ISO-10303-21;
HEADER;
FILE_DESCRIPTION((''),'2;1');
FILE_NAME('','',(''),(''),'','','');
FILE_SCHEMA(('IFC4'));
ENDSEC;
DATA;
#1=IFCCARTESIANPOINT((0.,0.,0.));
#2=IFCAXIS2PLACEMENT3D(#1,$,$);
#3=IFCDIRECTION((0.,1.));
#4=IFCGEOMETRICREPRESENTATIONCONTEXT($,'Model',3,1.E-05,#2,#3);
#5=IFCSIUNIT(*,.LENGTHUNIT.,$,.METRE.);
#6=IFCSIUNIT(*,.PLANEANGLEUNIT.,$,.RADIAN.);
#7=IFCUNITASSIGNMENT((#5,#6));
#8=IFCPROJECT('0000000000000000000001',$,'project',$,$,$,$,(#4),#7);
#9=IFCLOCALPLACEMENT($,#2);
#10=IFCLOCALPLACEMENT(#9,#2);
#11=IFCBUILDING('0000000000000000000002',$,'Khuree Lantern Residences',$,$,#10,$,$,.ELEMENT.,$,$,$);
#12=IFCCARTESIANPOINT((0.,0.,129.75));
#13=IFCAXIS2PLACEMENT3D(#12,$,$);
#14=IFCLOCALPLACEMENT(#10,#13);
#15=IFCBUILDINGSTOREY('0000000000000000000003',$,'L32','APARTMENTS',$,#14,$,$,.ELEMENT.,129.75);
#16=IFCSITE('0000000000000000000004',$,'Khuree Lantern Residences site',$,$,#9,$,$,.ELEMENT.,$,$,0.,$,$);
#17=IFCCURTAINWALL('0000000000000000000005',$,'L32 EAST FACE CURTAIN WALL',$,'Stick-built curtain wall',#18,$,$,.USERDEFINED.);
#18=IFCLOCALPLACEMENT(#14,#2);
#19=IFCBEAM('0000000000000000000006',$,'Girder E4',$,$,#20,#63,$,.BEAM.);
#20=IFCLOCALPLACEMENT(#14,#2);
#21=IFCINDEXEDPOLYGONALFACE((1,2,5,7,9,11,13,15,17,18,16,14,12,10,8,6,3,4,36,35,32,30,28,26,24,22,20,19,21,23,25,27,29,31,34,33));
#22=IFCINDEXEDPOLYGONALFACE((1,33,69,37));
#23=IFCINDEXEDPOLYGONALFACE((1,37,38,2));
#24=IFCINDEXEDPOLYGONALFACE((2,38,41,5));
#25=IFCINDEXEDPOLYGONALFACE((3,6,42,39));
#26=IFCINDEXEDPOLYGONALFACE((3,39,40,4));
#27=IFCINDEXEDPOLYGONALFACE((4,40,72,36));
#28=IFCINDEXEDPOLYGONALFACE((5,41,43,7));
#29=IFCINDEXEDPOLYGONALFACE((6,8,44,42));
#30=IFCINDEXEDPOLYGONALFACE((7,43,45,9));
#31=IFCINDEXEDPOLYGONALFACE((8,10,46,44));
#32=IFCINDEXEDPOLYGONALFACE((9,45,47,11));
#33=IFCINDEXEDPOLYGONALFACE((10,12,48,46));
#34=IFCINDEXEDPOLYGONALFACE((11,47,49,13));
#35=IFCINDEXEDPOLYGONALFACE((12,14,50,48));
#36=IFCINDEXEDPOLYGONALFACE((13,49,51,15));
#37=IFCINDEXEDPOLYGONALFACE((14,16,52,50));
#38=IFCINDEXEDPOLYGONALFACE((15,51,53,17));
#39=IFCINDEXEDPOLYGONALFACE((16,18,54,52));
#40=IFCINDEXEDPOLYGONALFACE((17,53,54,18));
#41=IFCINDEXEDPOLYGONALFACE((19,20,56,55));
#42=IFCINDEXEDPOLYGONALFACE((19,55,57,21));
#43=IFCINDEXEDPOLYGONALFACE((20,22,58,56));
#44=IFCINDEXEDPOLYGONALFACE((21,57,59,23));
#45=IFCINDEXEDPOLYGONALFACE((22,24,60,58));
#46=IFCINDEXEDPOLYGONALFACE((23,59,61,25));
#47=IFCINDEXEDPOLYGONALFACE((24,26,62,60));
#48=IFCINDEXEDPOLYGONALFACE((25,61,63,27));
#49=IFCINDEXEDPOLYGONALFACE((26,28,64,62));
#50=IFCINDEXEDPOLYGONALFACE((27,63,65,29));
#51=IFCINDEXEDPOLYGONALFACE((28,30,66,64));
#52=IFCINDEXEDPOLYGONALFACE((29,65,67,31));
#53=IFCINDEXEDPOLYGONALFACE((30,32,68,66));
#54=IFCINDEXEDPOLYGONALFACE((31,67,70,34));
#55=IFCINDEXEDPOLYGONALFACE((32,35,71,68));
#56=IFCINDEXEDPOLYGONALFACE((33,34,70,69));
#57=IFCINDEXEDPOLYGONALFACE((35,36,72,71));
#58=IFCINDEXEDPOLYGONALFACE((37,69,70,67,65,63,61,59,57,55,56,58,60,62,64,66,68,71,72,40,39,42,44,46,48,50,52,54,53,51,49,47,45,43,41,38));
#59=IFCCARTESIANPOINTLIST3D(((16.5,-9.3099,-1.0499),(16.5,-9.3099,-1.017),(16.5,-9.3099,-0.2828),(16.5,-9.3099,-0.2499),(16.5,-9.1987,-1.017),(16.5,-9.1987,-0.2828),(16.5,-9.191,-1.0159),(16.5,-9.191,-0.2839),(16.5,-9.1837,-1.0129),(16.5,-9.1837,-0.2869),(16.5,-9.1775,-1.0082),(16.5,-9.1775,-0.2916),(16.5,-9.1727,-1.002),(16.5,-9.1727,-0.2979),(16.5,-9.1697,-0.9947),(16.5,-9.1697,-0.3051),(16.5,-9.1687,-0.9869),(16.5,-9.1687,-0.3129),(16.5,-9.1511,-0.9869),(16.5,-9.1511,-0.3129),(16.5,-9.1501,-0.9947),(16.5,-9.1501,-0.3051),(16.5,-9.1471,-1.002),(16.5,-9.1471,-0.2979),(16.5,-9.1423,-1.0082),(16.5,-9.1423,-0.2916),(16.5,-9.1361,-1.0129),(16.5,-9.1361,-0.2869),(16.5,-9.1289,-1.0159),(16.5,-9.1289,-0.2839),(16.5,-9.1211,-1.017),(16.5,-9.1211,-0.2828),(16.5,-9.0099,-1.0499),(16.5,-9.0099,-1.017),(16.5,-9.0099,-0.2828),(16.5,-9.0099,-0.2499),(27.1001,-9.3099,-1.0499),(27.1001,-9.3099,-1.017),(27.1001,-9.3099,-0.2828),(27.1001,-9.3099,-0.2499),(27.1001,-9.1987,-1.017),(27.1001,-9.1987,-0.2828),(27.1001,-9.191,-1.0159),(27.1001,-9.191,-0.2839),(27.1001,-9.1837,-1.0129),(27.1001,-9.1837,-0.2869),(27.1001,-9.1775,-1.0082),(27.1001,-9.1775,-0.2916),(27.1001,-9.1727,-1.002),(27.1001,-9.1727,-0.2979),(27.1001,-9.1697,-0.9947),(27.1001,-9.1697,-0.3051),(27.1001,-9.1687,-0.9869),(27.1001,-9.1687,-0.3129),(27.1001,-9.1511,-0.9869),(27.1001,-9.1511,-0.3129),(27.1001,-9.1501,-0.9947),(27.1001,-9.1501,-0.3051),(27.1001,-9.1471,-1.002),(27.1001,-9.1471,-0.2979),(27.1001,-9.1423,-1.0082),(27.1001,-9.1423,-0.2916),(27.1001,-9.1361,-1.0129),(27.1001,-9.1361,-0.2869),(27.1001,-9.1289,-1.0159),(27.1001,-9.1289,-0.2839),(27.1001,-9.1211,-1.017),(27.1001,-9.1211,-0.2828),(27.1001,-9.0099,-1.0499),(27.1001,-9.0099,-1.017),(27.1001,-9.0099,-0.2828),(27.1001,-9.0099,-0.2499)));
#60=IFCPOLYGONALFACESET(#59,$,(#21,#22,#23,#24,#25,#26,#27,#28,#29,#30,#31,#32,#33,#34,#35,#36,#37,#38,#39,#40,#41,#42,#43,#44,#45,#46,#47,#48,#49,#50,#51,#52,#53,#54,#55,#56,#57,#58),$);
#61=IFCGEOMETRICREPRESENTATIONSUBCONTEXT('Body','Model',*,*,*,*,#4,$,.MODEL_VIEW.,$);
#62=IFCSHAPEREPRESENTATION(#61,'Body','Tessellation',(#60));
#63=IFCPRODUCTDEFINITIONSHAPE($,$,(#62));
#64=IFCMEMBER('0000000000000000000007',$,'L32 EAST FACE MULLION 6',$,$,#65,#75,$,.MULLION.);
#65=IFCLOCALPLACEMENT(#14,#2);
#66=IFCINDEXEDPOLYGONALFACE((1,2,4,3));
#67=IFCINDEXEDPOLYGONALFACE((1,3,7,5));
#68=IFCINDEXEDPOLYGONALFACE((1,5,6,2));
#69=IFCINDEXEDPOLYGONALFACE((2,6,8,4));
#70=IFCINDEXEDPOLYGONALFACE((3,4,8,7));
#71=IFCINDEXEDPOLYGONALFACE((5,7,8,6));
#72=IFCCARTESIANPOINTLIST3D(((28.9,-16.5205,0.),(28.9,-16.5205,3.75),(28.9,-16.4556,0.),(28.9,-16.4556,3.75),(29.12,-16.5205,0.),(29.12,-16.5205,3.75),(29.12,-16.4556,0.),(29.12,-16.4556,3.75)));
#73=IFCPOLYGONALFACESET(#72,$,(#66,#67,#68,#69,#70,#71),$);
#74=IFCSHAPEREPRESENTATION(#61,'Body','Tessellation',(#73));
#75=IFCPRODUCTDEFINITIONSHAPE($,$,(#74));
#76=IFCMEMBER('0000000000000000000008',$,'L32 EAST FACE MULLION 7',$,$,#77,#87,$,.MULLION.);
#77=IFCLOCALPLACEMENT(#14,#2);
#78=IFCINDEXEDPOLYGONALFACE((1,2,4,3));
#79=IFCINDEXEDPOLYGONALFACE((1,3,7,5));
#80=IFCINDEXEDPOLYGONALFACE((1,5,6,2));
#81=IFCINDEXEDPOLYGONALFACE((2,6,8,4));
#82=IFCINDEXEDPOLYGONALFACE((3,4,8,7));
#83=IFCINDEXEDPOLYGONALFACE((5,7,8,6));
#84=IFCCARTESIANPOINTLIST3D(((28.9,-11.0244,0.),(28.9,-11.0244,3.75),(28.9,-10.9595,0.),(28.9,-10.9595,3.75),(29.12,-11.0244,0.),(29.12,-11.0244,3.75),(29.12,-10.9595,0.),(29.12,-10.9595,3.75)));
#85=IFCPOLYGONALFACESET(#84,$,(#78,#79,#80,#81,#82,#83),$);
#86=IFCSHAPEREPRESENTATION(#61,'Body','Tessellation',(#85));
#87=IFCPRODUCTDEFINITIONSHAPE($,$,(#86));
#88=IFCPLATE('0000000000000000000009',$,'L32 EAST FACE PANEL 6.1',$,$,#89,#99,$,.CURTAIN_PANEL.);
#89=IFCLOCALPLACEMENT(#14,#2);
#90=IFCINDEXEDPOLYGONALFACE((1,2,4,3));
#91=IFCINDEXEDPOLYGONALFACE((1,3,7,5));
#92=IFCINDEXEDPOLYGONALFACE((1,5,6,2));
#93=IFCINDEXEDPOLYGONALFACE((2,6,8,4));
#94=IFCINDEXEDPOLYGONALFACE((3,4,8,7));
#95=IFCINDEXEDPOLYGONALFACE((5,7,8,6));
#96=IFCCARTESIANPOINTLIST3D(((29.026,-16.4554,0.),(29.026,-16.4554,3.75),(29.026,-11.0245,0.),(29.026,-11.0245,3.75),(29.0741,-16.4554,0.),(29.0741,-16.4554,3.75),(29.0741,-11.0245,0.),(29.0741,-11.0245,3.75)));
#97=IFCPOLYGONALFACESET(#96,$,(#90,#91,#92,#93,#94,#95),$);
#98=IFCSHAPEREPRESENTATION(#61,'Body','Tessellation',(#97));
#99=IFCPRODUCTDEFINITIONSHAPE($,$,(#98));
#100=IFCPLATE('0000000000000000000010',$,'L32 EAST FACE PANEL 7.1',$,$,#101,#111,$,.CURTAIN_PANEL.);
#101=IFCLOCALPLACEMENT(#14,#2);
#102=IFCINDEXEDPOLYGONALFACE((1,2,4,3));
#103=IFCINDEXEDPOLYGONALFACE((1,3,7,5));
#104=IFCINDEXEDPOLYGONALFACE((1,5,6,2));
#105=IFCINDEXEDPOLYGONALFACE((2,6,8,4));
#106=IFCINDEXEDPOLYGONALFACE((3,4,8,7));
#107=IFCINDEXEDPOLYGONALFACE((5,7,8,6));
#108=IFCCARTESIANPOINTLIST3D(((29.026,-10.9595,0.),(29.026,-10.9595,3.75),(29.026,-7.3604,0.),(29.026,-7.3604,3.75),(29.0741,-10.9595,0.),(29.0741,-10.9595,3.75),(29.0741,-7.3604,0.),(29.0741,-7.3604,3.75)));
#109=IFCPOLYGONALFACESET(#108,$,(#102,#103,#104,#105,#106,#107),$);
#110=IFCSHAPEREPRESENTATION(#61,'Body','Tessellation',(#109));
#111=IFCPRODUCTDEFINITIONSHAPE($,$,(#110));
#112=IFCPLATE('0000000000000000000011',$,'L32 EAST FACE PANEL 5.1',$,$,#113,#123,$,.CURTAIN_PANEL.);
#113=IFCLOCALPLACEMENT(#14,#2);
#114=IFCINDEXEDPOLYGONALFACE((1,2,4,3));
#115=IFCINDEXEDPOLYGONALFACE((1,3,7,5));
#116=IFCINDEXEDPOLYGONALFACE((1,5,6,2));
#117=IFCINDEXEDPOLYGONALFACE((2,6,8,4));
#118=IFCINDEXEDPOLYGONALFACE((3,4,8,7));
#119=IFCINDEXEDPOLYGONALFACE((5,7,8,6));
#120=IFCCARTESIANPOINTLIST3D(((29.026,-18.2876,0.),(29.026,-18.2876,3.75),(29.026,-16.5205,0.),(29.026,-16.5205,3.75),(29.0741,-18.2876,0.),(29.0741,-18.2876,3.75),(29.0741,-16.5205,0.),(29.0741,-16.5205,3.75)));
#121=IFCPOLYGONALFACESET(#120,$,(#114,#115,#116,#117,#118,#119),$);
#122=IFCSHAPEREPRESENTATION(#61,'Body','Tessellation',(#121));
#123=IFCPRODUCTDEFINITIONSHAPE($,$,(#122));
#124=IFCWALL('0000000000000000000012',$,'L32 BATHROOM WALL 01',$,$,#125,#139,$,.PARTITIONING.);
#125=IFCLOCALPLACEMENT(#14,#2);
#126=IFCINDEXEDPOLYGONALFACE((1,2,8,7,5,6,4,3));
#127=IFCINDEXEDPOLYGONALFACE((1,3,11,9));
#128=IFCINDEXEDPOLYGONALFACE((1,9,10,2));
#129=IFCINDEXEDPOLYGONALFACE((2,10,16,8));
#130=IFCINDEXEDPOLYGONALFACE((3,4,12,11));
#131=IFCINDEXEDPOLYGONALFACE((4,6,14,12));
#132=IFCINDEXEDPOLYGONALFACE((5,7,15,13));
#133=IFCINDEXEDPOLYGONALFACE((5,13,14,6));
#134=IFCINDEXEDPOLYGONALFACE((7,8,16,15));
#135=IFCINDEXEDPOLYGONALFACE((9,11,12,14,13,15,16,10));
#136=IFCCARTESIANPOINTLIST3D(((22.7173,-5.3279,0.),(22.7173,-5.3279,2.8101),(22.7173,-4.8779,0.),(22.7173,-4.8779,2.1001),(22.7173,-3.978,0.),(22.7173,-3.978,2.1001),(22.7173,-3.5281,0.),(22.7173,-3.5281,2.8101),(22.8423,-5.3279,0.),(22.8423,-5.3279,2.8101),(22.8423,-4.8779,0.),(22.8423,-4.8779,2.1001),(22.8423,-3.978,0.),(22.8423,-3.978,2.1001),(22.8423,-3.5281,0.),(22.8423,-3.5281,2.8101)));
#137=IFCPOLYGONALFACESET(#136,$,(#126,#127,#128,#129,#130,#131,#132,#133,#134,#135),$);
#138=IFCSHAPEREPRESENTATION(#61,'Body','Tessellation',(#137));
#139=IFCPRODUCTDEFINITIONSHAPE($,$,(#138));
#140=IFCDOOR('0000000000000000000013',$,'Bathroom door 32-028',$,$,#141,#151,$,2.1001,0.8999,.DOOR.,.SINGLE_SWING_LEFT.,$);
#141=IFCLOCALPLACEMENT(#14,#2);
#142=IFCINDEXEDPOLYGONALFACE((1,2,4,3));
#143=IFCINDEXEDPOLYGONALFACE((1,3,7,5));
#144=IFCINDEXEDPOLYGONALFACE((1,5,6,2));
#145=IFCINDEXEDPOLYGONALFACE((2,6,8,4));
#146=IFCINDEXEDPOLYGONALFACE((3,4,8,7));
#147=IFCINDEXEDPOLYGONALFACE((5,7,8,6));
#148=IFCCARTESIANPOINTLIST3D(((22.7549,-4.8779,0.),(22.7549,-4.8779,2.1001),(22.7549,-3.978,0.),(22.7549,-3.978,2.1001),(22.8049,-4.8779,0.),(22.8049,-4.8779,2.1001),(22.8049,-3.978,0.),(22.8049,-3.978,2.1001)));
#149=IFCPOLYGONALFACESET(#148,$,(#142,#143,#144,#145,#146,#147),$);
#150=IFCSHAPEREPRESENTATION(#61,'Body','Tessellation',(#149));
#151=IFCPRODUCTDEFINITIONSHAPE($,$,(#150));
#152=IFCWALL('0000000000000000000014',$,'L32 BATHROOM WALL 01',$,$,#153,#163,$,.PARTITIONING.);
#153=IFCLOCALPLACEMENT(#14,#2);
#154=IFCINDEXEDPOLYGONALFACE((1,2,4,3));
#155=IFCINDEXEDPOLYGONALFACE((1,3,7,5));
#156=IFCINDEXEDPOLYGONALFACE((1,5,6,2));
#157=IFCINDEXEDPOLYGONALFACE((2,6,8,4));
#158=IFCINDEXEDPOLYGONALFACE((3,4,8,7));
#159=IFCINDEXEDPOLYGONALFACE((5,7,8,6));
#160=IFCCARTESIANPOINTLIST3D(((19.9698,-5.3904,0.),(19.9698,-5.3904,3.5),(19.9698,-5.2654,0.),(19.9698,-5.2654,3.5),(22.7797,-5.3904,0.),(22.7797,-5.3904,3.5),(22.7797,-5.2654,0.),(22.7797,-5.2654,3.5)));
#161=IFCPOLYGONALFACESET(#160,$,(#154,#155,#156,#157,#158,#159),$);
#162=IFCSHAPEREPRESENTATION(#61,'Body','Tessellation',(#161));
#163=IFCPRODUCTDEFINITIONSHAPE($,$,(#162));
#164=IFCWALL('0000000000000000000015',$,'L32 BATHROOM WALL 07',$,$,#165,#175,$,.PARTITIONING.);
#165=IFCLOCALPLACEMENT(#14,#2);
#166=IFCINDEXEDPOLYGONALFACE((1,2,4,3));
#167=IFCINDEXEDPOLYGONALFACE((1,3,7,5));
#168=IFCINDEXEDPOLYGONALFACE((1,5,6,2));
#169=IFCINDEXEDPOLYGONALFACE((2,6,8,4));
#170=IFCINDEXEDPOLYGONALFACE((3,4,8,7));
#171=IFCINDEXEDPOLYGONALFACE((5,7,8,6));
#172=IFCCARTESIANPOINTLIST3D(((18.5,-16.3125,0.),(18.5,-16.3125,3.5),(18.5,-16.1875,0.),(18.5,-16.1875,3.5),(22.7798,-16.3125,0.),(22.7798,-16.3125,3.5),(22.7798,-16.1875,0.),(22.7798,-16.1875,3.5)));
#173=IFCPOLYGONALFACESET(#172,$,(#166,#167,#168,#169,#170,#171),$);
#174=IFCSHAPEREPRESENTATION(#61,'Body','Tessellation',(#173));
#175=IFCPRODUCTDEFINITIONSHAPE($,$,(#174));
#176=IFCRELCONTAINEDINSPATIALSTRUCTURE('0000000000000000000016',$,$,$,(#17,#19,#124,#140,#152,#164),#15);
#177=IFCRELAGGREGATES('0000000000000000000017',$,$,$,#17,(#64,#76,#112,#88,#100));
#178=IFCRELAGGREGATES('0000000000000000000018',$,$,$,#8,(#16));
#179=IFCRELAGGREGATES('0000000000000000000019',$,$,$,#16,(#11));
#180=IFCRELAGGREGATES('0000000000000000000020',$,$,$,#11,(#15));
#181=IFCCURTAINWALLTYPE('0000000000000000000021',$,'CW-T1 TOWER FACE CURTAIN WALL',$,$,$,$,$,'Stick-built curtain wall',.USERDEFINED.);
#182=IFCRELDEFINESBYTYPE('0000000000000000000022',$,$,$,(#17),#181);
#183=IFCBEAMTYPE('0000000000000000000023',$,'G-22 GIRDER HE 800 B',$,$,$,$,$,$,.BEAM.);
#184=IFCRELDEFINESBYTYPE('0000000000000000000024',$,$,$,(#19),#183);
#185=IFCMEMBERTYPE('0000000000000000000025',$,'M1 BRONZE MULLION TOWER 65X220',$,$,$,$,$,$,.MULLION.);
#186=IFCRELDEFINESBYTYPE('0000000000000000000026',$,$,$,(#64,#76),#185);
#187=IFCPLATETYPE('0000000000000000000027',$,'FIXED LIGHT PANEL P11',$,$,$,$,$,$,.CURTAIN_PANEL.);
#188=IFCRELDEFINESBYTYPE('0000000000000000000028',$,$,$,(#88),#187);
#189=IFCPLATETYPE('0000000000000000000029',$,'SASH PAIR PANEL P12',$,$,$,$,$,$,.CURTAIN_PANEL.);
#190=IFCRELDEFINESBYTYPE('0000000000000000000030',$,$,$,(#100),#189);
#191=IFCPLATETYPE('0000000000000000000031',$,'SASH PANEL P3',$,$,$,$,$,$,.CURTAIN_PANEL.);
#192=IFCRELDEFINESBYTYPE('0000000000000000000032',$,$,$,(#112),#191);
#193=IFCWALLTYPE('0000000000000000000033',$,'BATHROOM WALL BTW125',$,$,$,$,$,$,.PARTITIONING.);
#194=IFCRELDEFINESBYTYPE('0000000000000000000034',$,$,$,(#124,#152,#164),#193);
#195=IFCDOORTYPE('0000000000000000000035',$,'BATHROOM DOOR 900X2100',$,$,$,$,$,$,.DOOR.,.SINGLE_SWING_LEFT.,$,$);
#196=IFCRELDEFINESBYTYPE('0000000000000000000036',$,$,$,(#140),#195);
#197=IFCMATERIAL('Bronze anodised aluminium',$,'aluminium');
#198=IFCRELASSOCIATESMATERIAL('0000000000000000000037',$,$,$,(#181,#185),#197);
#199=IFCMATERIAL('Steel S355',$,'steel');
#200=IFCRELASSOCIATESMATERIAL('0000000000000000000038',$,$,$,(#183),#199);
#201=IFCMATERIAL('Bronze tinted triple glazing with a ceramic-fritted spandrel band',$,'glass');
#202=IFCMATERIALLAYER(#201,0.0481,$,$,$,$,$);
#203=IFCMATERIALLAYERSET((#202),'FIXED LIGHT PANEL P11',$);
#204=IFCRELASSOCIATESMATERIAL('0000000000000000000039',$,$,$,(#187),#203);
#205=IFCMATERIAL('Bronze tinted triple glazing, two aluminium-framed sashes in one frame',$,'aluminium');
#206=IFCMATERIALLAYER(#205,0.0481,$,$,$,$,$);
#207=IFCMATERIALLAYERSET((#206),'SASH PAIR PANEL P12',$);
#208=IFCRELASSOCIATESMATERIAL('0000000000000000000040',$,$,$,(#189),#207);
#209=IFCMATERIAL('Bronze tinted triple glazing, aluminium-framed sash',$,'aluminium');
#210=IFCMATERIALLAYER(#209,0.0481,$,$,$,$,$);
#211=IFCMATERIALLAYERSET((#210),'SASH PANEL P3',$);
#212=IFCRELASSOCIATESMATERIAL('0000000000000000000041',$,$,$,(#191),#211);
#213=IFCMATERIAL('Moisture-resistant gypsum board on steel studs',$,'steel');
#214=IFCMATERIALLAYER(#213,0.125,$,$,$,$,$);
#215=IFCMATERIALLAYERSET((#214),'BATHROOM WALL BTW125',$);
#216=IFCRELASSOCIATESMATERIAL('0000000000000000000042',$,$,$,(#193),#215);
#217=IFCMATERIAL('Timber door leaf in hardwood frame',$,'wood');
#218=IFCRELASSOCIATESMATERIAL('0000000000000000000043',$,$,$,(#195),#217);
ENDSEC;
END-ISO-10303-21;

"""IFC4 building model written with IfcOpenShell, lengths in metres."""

from ifc_helpers import new_model, si_unit, direction, frame, frame_2d, origin, origin_2d, place, context, subcontext, project, spatial, rectangle, i_section, extrude, material, layer, layer_set, material_profile, profile_set, type_object, element, fill, aggregate, save


model = new_model("IFC4")

# Units and contexts
model_context = context("Model", 3, precision=1e-05, world=origin(), true_north=direction((0.0, 1.0)))
body_context = subcontext(model_context, "Body", "Model", "MODEL_VIEW")
ifc_project = project(units=[si_unit("LENGTHUNIT", "METRE"), si_unit("PLANEANGLEUNIT", "RADIAN")], contexts=[model_context])

# Site, building, storey
site_placement = place(None, origin())
site = spatial("IfcSite", under=ifc_project, at=site_placement, Name="Khuree Lantern Residences site", CompositionType="ELEMENT", RefElevation=0.0)
building_placement = place(site_placement, origin())
building = spatial("IfcBuilding", under=site, at=building_placement, Name="Khuree Lantern Residences", CompositionType="ELEMENT")
storey_placement = place(building_placement, frame((0.0, 0.0, 129.75)))
storey = spatial("IfcBuildingStorey", under=building, at=storey_placement, Name="L32", Description="APARTMENTS", CompositionType="ELEMENT", Elevation=129.75)

# Shared definitions
ifc_material_1 = material(Name="Steel S355", Category="steel")

# Curtain wall
ifc_material_2 = material(Name="Bronze anodised aluminium", Category="aluminium")
curtain_wall_type = type_object("IfcCurtainWallType", Name="CW-T1 TOWER FACE CURTAIN WALL", ElementType="Stick-built curtain wall", PredefinedType="USERDEFINED", material=ifc_material_2)
curtain_wall_placement = place(storey_placement, origin())
curtain_wall = element("IfcCurtainWall", 1, at=curtain_wall_placement, inside=storey, type_object=curtain_wall_type, Name="L32 EAST FACE CURTAIN WALL", ObjectType="Stick-built curtain wall", PredefinedType="USERDEFINED")

# Beam
ifc_material_profile_1 = material_profile(ifc_material_1, i_section(OverallWidth=0.3, OverallDepth=0.8, WebThickness=0.0176, FlangeThickness=0.033, FilletRadius=0.03, at=origin_2d()), Name="HE 800 B")
ifc_profile_set_1 = profile_set([ifc_material_profile_1], Name="Steel S355")
beam_type_1 = type_object("IfcBeamType", Name="G-22 GIRDER HE 800 B", PredefinedType="BEAM", material=ifc_profile_set_1)
beam_1_placement = place(storey_placement, frame((27.1001, -9.1599, -0.6499), z_axis=(-1.0, 0.0, 0.0), x_axis=(0.0, -1.0, 0.0)))
element("IfcBeam", 2, at=beam_1_placement, inside=storey, type_object=beam_type_1, Name="Girder E4", PredefinedType="BEAM", context=body_context, shape_type="SweptSolid", body=[
    extrude(i_section(OverallWidth=0.3, OverallDepth=0.8, WebThickness=0.0176, FlangeThickness=0.033, FilletRadius=0.03, at=origin_2d()), origin(), (0.0, 0.0, 1.0), 10.6001),
])

# Members
ifc_material_profile_2 = material_profile(ifc_material_2, rectangle(XDim=0.0649, YDim=0.22, at=origin_2d()), Name="M1 65X220")
ifc_profile_set_2 = profile_set([ifc_material_profile_2], Name="Bronze anodised aluminium")
member_type_1 = type_object("IfcMemberType", Name="M1 BRONZE MULLION TOWER 65X220", PredefinedType="MULLION", material=ifc_profile_set_2)
member_1_placement = place(storey_placement, frame((29.01, -16.488, 0.0), z_axis=(0.0, 0.0, 1.0), x_axis=(0.0, 1.0, 0.0)))
member_1 = element("IfcMember", 3, at=member_1_placement, type_object=member_type_1, Name="L32 EAST FACE MULLION 6", PredefinedType="MULLION", context=body_context, shape_type="SweptSolid", body=[
    extrude(rectangle(XDim=0.0649, YDim=0.22, at=origin_2d()), origin(), (0.0, 0.0, 1.0), 3.75),
])
member_2_placement = place(storey_placement, frame((29.01, -10.9919, 0.0), z_axis=(0.0, 0.0, 1.0), x_axis=(0.0, 1.0, 0.0)))
member_2 = element("IfcMember", 4, at=member_2_placement, type_object=member_type_1, Name="L32 EAST FACE MULLION 7", PredefinedType="MULLION", context=body_context, shape_type="SweptSolid", body=[
    extrude(rectangle(XDim=0.0649, YDim=0.22, at=origin_2d()), origin(), (0.0, 0.0, 1.0), 3.75),
])

# Plates
ifc_material_3 = material(Name="Bronze tinted triple glazing with a ceramic-fritted spandrel band", Category="glass")
ifc_layer_1 = layer(ifc_material_3, 0.0481)
ifc_layer_set_1 = layer_set([ifc_layer_1], Name="FIXED LIGHT PANEL P11")
plate_type_1 = type_object("IfcPlateType", Name="FIXED LIGHT PANEL P11", PredefinedType="CURTAIN_PANEL", material=ifc_layer_set_1)
plate_1_placement = place(storey_placement, frame((29.05, -13.74, 0.0), z_axis=(0.0, 0.0, 1.0), x_axis=(0.0, 1.0, 0.0)))
plate_1 = element("IfcPlate", 5, at=plate_1_placement, type_object=plate_type_1, Name="L32 EAST FACE PANEL 6.1", PredefinedType="CURTAIN_PANEL", context=body_context, shape_type="SweptSolid", body=[
    extrude(rectangle(XDim=5.4309, YDim=0.0481, at=origin_2d()), origin(), (0.0, 0.0, 1.0), 3.75),
])
ifc_material_4 = material(Name="Bronze tinted triple glazing, two aluminium-framed sashes in one frame", Category="aluminium")
ifc_layer_2 = layer(ifc_material_4, 0.0481)
ifc_layer_set_2 = layer_set([ifc_layer_2], Name="SASH PAIR PANEL P12")
plate_type_2 = type_object("IfcPlateType", Name="SASH PAIR PANEL P12", PredefinedType="CURTAIN_PANEL", material=ifc_layer_set_2)
plate_2_placement = place(storey_placement, frame((29.05, -9.1599, 0.0), z_axis=(0.0, 0.0, 1.0), x_axis=(0.0, 1.0, 0.0)))
plate_2 = element("IfcPlate", 6, at=plate_2_placement, type_object=plate_type_2, Name="L32 EAST FACE PANEL 7.1", PredefinedType="CURTAIN_PANEL", context=body_context, shape_type="SweptSolid", body=[
    extrude(rectangle(XDim=3.5991, YDim=0.0481, at=origin_2d()), origin(), (0.0, 0.0, 1.0), 3.75),
])
ifc_material_5 = material(Name="Bronze tinted triple glazing, aluminium-framed sash", Category="aluminium")
ifc_layer_3 = layer(ifc_material_5, 0.0481)
ifc_layer_set_3 = layer_set([ifc_layer_3], Name="SASH PANEL P3")
plate_type_3 = type_object("IfcPlateType", Name="SASH PANEL P3", PredefinedType="CURTAIN_PANEL", material=ifc_layer_set_3)
plate_3_placement = place(storey_placement, frame((29.05, -17.4041, 0.0), z_axis=(0.0, 0.0, 1.0), x_axis=(0.0, 1.0, 0.0)))
plate_3 = element("IfcPlate", 7, at=plate_3_placement, type_object=plate_type_3, Name="L32 EAST FACE PANEL 5.1", PredefinedType="CURTAIN_PANEL", context=body_context, shape_type="SweptSolid", body=[
    extrude(rectangle(XDim=1.7671, YDim=0.0481, at=origin_2d()), origin(), (0.0, 0.0, 1.0), 3.75),
])
aggregate(curtain_wall, [member_1, member_2, plate_3, plate_1, plate_2])

# Wall, opening, door
ifc_material_6 = material(Name="Moisture-resistant gypsum board on steel studs", Category="steel")
ifc_layer_4 = layer(ifc_material_6, 0.125)
ifc_layer_set_4 = layer_set([ifc_layer_4], Name="BATHROOM WALL BTW125")
wall_type_1 = type_object("IfcWallType", Name="BATHROOM WALL BTW125", PredefinedType="PARTITIONING", material=ifc_layer_set_4)
wall_1_placement = place(storey_placement, frame((22.7798, -5.3279, 0.0), z_axis=(0.0, 0.0, 1.0), x_axis=(0.0, 1.0, 0.0)))
wall_1 = element("IfcWall", 8, at=wall_1_placement, inside=storey, type_object=wall_type_1, Name="L32 BATHROOM WALL 01", PredefinedType="PARTITIONING", context=body_context, shape_type="SweptSolid", body=[
    extrude(rectangle(XDim=1.7998, YDim=0.125, at=frame_2d((0.8999, 0.0))), origin(), (0.0, 0.0, 1.0), 2.8101),
])
opening_1_placement = place(wall_1_placement, frame((0.45, 0.0, 0.0)))
opening_1 = element("IfcOpeningElement", 9, at=opening_1_placement, cuts=wall_1, PredefinedType="OPENING", context=body_context, shape_type="SweptSolid", body=[
    extrude(rectangle(XDim=0.8999, YDim=2.1001, at=frame_2d((0.45, 1.05))), frame((0.0, 0.0725, 0.0), z_axis=(0.0, -1.0, 0.0), x_axis=(1.0, 0.0, 0.0)), (0.0, 0.0, 1.0), 0.145),
])
ifc_material_7 = material(Name="Timber door leaf in hardwood frame", Category="wood")
door_type_1 = type_object("IfcDoorType", Name="BATHROOM DOOR 900X2100", OperationType="SINGLE_SWING_LEFT", PredefinedType="DOOR", material=ifc_material_7)
door_1_placement = place(opening_1_placement, origin())
door_1 = element("IfcDoor", 10, at=door_1_placement, inside=storey, type_object=door_type_1, Name="Bathroom door 32-028", OperationType="SINGLE_SWING_LEFT", OverallHeight=2.1001, OverallWidth=0.8999, PredefinedType="DOOR", context=body_context, shape_type="SweptSolid", body=[
    extrude(rectangle(XDim=0.8999, YDim=2.1001, at=frame_2d((0.45, 1.05))), frame((0.0, 0.0249, 0.0), z_axis=(0.0, -1.0, 0.0), x_axis=(1.0, 0.0, 0.0)), (0.0, 0.0, 1.0), 0.05),
])
fill(opening_1, door_1)

# Walls
wall_2_placement = place(storey_placement, frame((19.97, -5.3279, 0.0), z_axis=(0.0, 0.0, 1.0), x_axis=(1.0, 0.0, 0.0)))
element("IfcWall", 11, at=wall_2_placement, inside=storey, type_object=wall_type_1, Name="L32 BATHROOM WALL 01", PredefinedType="PARTITIONING", context=body_context, shape_type="SweptSolid", body=[
    extrude(rectangle(XDim=2.8098, YDim=0.125, at=frame_2d((1.4048, 0.0))), origin(), (0.0, 0.0, 1.0), 3.5),
])
wall_3_placement = place(storey_placement, frame((18.5, -16.25, 0.0), z_axis=(0.0, 0.0, 1.0), x_axis=(1.0, 0.0, 0.0)))
element("IfcWall", 12, at=wall_3_placement, inside=storey, type_object=wall_type_1, Name="L32 BATHROOM WALL 07", PredefinedType="PARTITIONING", context=body_context, shape_type="SweptSolid", body=[
    extrude(rectangle(XDim=4.2798, YDim=0.125, at=frame_2d((2.1399, 0.0))), origin(), (0.0, 0.0, 1.0), 3.5),
])

save(model, "model.ifc")
